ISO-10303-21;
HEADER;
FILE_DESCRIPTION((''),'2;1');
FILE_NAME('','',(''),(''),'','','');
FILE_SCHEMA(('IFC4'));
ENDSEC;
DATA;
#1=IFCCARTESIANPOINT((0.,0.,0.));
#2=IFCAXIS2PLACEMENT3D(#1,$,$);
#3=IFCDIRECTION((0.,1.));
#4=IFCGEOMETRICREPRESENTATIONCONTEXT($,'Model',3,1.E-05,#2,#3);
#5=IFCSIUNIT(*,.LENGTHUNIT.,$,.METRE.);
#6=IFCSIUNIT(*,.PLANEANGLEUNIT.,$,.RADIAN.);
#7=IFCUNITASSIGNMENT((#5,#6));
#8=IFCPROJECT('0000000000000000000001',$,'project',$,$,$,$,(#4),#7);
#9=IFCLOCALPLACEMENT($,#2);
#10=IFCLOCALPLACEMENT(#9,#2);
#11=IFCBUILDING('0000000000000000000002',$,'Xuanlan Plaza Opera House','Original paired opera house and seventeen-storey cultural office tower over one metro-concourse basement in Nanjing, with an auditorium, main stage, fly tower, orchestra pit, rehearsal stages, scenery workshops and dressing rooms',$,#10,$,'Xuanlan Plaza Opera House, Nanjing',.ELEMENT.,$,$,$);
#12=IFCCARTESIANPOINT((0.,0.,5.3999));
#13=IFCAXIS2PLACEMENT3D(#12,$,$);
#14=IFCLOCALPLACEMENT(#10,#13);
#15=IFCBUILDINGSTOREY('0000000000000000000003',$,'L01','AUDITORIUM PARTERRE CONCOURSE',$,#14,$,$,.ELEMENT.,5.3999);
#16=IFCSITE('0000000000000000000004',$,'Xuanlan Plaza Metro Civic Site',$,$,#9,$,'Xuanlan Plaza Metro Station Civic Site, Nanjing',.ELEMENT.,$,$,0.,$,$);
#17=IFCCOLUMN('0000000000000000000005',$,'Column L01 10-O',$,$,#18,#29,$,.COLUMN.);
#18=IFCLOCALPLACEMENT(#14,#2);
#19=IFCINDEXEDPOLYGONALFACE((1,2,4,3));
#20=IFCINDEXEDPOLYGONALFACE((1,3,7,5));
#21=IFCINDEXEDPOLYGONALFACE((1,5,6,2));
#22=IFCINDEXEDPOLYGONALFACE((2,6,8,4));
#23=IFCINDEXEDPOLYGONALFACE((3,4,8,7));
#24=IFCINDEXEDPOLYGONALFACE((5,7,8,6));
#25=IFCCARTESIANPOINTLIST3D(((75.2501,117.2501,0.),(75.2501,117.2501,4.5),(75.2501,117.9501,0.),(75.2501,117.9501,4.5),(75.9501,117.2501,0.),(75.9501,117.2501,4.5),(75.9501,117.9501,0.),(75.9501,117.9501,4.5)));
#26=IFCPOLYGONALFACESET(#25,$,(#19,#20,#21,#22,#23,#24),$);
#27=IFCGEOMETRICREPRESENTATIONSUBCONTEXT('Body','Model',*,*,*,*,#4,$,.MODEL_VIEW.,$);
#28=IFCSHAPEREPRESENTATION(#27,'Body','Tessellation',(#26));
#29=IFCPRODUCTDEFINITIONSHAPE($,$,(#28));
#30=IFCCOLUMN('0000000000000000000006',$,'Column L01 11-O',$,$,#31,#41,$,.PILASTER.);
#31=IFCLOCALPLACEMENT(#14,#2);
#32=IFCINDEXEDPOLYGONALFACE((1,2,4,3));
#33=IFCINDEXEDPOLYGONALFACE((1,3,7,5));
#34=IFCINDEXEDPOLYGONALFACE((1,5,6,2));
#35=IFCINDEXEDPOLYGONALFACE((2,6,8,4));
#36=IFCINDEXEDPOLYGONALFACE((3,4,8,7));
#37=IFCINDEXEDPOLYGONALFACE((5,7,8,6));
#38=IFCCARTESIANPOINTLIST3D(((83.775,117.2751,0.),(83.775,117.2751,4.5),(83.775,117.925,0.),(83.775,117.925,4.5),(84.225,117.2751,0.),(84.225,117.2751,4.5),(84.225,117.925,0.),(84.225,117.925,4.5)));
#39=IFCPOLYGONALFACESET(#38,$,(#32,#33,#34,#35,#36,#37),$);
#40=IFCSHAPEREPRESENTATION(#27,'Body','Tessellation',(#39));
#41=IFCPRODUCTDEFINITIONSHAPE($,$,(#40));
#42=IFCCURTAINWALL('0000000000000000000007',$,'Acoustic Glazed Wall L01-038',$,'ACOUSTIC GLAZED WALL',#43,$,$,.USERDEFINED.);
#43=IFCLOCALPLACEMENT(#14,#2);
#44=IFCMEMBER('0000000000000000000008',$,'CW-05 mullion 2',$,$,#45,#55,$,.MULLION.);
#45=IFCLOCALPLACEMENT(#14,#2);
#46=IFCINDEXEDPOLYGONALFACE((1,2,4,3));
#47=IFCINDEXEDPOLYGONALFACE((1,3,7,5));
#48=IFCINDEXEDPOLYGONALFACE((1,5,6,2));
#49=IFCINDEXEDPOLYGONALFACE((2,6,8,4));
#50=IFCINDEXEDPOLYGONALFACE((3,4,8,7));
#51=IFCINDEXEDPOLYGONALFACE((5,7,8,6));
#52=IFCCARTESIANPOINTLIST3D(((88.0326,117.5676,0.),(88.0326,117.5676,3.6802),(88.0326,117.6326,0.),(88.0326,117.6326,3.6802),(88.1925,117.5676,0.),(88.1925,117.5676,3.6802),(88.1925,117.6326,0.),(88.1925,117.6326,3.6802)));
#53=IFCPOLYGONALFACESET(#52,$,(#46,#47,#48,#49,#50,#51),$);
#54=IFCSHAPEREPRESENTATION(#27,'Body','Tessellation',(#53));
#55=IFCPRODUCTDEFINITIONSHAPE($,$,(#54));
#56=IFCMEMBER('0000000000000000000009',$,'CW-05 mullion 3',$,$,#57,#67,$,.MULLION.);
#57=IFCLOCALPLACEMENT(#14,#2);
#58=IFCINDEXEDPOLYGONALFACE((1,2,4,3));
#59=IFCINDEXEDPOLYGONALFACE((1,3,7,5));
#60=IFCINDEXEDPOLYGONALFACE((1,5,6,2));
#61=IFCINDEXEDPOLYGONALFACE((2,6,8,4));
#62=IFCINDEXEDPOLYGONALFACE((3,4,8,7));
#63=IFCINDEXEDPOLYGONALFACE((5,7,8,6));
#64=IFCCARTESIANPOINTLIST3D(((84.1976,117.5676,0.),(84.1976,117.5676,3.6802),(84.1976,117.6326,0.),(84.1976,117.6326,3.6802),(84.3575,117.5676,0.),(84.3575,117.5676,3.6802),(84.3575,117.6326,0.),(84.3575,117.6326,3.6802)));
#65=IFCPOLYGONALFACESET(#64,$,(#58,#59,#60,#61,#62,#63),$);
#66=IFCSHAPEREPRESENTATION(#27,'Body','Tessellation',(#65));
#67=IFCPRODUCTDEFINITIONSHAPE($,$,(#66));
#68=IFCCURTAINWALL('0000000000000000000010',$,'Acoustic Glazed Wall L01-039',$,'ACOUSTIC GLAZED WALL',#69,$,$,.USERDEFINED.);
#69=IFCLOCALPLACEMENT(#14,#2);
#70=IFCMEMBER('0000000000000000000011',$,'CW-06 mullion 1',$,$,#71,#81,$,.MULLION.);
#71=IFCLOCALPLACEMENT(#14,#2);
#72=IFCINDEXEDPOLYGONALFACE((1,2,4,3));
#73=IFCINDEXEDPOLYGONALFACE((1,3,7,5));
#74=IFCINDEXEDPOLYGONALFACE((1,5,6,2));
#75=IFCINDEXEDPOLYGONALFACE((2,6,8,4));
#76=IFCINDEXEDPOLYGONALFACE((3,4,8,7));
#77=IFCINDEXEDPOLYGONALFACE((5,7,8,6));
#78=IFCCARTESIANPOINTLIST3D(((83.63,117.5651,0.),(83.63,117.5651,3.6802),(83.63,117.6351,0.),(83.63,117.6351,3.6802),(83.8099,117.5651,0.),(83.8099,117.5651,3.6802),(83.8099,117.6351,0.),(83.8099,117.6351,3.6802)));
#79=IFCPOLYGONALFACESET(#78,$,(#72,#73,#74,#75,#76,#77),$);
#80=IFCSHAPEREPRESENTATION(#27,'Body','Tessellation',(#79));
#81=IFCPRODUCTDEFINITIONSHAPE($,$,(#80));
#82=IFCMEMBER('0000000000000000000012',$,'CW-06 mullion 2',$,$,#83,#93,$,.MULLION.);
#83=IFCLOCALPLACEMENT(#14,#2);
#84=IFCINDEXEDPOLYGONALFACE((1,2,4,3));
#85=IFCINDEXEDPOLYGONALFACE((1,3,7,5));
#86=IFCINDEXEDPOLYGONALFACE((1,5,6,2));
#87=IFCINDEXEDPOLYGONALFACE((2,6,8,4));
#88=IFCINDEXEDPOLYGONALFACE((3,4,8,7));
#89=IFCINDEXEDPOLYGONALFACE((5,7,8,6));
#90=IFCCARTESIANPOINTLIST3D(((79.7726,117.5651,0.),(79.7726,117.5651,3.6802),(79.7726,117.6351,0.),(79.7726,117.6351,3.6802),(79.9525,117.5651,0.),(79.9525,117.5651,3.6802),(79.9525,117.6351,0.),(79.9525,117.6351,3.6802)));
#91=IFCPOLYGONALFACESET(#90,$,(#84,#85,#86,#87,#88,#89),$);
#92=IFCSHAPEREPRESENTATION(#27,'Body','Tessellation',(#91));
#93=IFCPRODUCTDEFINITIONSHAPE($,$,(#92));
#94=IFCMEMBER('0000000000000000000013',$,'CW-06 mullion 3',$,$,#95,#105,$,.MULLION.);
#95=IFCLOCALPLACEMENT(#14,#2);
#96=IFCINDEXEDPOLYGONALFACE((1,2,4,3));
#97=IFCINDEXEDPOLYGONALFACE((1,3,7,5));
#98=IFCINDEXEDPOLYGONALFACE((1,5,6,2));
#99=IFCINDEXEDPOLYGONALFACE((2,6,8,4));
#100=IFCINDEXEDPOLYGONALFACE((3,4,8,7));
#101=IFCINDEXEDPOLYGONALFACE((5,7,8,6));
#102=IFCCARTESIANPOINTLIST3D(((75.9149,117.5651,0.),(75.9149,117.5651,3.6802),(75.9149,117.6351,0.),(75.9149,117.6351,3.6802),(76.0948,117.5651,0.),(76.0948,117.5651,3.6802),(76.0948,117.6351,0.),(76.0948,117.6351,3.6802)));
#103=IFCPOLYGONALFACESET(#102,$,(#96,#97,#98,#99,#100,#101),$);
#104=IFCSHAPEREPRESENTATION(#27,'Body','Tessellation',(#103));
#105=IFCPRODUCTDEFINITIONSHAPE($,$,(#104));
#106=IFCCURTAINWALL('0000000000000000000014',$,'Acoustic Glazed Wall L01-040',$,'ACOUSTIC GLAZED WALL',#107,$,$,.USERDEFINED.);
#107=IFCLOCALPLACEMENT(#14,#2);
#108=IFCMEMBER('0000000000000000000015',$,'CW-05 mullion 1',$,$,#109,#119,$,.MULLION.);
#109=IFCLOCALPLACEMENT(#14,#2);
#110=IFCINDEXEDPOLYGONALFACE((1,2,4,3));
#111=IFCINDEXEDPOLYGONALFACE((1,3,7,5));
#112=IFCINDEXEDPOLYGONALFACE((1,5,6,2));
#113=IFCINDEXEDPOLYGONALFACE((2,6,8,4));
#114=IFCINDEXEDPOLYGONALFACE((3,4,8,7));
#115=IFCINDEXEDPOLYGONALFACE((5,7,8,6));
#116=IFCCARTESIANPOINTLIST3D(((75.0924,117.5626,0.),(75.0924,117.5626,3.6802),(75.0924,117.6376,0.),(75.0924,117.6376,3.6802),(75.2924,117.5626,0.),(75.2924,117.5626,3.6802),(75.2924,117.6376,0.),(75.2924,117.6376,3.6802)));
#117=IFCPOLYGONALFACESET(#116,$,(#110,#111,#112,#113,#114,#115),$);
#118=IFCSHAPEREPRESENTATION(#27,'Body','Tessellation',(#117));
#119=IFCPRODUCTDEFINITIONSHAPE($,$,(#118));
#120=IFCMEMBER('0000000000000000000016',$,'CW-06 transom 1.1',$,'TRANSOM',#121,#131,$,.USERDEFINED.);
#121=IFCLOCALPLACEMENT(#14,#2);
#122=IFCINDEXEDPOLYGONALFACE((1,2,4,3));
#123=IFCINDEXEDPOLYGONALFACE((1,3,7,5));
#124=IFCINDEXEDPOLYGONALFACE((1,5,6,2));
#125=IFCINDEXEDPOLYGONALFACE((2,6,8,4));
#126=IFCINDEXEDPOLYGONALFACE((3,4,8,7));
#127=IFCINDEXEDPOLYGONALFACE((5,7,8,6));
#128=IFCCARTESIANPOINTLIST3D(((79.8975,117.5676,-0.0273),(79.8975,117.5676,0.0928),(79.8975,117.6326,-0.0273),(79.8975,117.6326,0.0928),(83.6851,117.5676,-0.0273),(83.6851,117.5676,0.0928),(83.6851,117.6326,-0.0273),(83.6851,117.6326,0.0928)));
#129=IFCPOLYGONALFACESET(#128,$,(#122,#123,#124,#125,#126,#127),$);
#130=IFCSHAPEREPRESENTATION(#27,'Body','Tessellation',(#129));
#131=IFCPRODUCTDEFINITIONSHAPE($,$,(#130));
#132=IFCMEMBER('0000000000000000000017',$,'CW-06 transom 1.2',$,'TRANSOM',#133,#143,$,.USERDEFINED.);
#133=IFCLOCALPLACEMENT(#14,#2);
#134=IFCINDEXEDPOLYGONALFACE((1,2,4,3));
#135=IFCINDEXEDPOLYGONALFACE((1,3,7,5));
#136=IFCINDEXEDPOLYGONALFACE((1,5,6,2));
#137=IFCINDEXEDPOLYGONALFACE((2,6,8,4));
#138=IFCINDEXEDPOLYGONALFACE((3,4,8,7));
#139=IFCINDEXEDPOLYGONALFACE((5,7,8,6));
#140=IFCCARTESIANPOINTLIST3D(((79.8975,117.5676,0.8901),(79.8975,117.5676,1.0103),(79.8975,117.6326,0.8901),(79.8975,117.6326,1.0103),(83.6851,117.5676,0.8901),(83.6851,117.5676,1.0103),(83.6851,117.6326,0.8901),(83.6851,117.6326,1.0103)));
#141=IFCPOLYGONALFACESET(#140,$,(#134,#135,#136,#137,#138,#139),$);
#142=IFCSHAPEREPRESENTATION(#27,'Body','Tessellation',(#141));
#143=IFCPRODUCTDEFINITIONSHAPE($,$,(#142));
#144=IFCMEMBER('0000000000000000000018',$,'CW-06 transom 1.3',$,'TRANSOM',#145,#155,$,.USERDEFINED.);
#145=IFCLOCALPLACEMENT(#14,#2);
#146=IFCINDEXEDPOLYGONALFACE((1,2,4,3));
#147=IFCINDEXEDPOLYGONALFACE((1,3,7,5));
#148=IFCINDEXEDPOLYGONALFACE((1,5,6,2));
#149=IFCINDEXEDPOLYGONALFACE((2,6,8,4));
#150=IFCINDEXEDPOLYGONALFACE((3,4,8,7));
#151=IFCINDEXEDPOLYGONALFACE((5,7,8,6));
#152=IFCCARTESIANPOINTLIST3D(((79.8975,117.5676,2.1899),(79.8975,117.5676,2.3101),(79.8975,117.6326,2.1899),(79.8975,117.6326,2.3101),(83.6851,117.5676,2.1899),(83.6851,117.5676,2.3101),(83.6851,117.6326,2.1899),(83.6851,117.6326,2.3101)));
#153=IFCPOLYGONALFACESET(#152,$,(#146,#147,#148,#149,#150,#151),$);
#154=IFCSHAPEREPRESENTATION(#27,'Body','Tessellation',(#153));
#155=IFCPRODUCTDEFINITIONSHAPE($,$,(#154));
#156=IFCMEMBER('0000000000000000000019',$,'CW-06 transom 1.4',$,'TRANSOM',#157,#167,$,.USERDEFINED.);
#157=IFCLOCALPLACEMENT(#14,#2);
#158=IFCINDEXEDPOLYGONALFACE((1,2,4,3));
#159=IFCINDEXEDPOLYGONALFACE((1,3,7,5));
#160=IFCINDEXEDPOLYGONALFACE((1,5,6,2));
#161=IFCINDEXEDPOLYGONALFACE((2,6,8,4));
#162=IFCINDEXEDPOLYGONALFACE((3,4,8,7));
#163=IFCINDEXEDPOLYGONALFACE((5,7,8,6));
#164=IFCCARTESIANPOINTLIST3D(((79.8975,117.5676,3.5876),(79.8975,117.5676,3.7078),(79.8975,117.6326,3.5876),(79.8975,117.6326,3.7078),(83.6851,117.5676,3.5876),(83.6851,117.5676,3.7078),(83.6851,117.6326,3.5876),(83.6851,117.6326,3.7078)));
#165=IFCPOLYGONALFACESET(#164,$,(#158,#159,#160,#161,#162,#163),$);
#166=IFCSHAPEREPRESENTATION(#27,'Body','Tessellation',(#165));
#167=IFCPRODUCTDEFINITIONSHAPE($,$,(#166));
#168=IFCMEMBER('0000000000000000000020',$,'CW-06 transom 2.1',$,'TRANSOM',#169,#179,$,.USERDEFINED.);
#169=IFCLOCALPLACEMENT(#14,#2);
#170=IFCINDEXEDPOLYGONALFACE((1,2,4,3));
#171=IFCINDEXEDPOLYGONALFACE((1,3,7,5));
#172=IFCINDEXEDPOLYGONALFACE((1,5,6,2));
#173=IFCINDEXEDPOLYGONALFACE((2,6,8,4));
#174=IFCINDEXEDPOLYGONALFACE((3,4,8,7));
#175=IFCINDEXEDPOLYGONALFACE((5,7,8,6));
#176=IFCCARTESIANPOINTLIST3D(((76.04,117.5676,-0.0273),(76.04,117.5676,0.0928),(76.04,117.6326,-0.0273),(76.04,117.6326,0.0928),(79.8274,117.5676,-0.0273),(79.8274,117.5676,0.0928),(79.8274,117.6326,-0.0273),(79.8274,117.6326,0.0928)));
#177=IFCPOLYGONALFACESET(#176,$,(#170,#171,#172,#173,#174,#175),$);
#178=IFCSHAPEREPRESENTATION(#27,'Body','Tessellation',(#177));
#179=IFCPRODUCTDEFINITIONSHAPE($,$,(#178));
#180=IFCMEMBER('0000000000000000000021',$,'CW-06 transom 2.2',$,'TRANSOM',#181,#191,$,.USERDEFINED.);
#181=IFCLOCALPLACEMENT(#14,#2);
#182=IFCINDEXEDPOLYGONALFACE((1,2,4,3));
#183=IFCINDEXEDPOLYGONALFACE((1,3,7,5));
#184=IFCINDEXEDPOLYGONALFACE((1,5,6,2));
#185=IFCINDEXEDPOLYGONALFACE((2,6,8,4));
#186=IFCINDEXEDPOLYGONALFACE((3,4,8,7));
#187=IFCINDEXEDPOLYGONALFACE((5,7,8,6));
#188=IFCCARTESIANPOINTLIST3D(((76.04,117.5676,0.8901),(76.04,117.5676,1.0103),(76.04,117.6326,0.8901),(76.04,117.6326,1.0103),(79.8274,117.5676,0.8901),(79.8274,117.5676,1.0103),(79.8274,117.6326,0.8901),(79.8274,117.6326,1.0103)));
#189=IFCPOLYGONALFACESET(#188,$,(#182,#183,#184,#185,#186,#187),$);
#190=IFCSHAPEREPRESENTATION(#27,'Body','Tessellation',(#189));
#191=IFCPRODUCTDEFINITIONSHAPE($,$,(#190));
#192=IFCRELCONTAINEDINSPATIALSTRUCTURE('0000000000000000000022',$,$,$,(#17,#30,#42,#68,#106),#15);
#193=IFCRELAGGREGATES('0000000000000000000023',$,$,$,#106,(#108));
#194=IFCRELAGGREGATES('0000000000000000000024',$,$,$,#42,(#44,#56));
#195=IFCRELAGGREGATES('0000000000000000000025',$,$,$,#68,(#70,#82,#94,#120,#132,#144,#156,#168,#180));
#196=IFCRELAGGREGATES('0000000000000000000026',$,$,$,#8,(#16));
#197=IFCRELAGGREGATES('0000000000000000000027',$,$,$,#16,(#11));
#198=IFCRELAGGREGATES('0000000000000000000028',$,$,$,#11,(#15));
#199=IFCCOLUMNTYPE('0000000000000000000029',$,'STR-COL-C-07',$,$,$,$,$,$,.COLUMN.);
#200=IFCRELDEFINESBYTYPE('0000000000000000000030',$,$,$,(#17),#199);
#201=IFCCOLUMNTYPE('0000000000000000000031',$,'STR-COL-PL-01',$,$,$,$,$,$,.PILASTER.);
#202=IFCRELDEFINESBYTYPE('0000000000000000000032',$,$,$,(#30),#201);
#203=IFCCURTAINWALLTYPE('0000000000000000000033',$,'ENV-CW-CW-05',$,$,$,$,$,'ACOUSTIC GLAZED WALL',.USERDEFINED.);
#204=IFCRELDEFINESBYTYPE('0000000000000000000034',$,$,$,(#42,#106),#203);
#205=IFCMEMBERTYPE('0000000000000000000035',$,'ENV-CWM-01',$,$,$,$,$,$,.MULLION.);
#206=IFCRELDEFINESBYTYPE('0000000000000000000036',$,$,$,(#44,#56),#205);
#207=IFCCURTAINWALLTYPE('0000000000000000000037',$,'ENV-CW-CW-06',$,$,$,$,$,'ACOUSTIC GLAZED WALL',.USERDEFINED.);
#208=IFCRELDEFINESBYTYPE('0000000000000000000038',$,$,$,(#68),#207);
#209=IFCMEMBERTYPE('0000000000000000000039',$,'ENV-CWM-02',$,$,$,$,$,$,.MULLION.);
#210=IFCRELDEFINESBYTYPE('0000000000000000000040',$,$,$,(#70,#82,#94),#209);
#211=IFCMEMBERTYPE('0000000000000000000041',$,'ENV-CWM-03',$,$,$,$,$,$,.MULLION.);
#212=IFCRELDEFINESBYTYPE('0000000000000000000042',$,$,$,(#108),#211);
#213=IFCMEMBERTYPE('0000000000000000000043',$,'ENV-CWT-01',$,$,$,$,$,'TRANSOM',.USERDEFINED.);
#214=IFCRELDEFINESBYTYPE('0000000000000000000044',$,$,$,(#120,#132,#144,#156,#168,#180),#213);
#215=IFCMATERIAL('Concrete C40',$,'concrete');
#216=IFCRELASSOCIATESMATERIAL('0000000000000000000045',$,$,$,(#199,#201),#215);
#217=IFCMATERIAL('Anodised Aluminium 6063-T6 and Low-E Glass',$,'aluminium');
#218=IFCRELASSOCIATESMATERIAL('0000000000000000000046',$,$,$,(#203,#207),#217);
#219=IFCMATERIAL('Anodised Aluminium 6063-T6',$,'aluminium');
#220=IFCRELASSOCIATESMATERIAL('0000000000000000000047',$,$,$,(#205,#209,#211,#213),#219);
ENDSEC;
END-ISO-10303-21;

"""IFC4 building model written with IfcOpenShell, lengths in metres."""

from ifc_helpers import new_model, si_unit, direction, frame, origin, origin_2d, place, context, subcontext, project, spatial, rectangle, extrude, material, material_profile, profile_set, type_object, element, aggregate, save


model = new_model("IFC4")

# Units and contexts
model_context = context("Model", 3, precision=1e-05, world=origin(), true_north=direction((0.0, 1.0)))
body_context = subcontext(model_context, "Body", "Model", "MODEL_VIEW")
ifc_project = project(units=[si_unit("LENGTHUNIT", "METRE"), si_unit("PLANEANGLEUNIT", "RADIAN")], contexts=[model_context])

# Site, building, storey
site_placement = place(None, origin())
site = spatial("IfcSite", under=ifc_project, at=site_placement, Name="Xuanlan Plaza Metro Civic Site", LongName="Xuanlan Plaza Metro Station Civic Site, Nanjing", CompositionType="ELEMENT", RefElevation=0.0)
building_placement = place(site_placement, origin())
building = spatial("IfcBuilding", under=site, at=building_placement, Name="Xuanlan Plaza Opera House", Description="Original paired opera house and seventeen-storey cultural office tower over one metro-concourse basement in Nanjing, with an auditorium, main stage, fly tower, orchestra pit, rehearsal stages, scenery workshops and dressing rooms", LongName="Xuanlan Plaza Opera House, Nanjing", CompositionType="ELEMENT")
storey_placement = place(building_placement, frame((0.0, 0.0, 5.3999)))
storey = spatial("IfcBuildingStorey", under=building, at=storey_placement, Name="L01", Description="AUDITORIUM PARTERRE CONCOURSE", CompositionType="ELEMENT", Elevation=5.3999)

# Columns
ifc_material_1 = material(Name="Concrete C40", Category="concrete")
ifc_material_profile_1 = material_profile(ifc_material_1, rectangle(XDim=0.7, YDim=0.7, at=origin_2d()), Name="RC-COL 700x700")
ifc_profile_set_1 = profile_set([ifc_material_profile_1], Name="Concrete C40")
column_type_1 = type_object("IfcColumnType", Name="STR-COL-C-07", PredefinedType="COLUMN", material=ifc_profile_set_1)
column_1_placement = place(storey_placement, frame((75.6001, 117.6001, 0.0), z_axis=(0.0, 0.0, 1.0), x_axis=(1.0, 0.0, 0.0)))
element("IfcColumn", 1, at=column_1_placement, inside=storey, type_object=column_type_1, Name="Column L01 10-O", PredefinedType="COLUMN", context=body_context, shape_type="SweptSolid", body=[
    extrude(rectangle(XDim=0.7, YDim=0.7, at=origin_2d()), origin(), (0.0, 0.0, 1.0), 4.5),
])
ifc_material_profile_2 = material_profile(ifc_material_1, rectangle(XDim=0.45, YDim=0.6499, at=origin_2d()), Name="RC-PIL 450x650")
ifc_profile_set_2 = profile_set([ifc_material_profile_2], Name="Concrete C40")
column_type_2 = type_object("IfcColumnType", Name="STR-COL-PL-01", PredefinedType="PILASTER", material=ifc_profile_set_2)
column_2_placement = place(storey_placement, frame((84.0, 117.6001, 0.0), z_axis=(0.0, 0.0, 1.0), x_axis=(1.0, 0.0, 0.0)))
element("IfcColumn", 2, at=column_2_placement, inside=storey, type_object=column_type_2, Name="Column L01 11-O", PredefinedType="PILASTER", context=body_context, shape_type="SweptSolid", body=[
    extrude(rectangle(XDim=0.45, YDim=0.6499, at=origin_2d()), origin(), (0.0, 0.0, 1.0), 4.5),
])

# Curtain walls, members
ifc_material_2 = material(Name="Anodised Aluminium 6063-T6 and Low-E Glass", Category="aluminium")
curtain_wall_type_1 = type_object("IfcCurtainWallType", Name="ENV-CW-CW-05", ElementType="ACOUSTIC GLAZED WALL", PredefinedType="USERDEFINED", material=ifc_material_2)
curtain_wall_1_placement = place(storey_placement, origin())
curtain_wall_1 = element("IfcCurtainWall", 3, at=curtain_wall_1_placement, inside=storey, type_object=curtain_wall_type_1, Name="Acoustic Glazed Wall L01-038", ObjectType="ACOUSTIC GLAZED WALL", PredefinedType="USERDEFINED")
ifc_material_3 = material(Name="Anodised Aluminium 6063-T6", Category="aluminium")
ifc_material_profile_3 = material_profile(ifc_material_3, rectangle(XDim=0.0649, YDim=0.1599, at=origin_2d()), Name="ALU-M 65x160")
ifc_profile_set_3 = profile_set([ifc_material_profile_3], Name="Anodised Aluminium 6063-T6")
member_type_1 = type_object("IfcMemberType", Name="ENV-CWM-01", PredefinedType="MULLION", material=ifc_profile_set_3)
member_1_placement = place(storey_placement, frame((88.1125, 117.6001, 0.0), z_axis=(0.0, 0.0, 1.0), x_axis=(0.0, -1.0, 0.0)))
member_1 = element("IfcMember", 4, at=member_1_placement, type_object=member_type_1, Name="CW-05 mullion 2", PredefinedType="MULLION", context=body_context, shape_type="SweptSolid", body=[
    extrude(rectangle(XDim=0.0649, YDim=0.1599, at=origin_2d()), origin(), (0.0, 0.0, 1.0), 3.6802),
])
member_2_placement = place(storey_placement, frame((84.2776, 117.6001, 0.0), z_axis=(0.0, 0.0, 1.0), x_axis=(0.0, -1.0, 0.0)))
member_2 = element("IfcMember", 5, at=member_2_placement, type_object=member_type_1, Name="CW-05 mullion 3", PredefinedType="MULLION", context=body_context, shape_type="SweptSolid", body=[
    extrude(rectangle(XDim=0.0649, YDim=0.1599, at=origin_2d()), origin(), (0.0, 0.0, 1.0), 3.6802),
])
curtain_wall_type_2 = type_object("IfcCurtainWallType", Name="ENV-CW-CW-06", ElementType="ACOUSTIC GLAZED WALL", PredefinedType="USERDEFINED", material=ifc_material_2)
curtain_wall_2_placement = place(storey_placement, origin())
curtain_wall_2 = element("IfcCurtainWall", 6, at=curtain_wall_2_placement, inside=storey, type_object=curtain_wall_type_2, Name="Acoustic Glazed Wall L01-039", ObjectType="ACOUSTIC GLAZED WALL", PredefinedType="USERDEFINED")
ifc_material_profile_4 = material_profile(ifc_material_3, rectangle(XDim=0.0701, YDim=0.1799, at=origin_2d()), Name="ALU-M 70x180")
ifc_profile_set_4 = profile_set([ifc_material_profile_4], Name="Anodised Aluminium 6063-T6")
member_type_2 = type_object("IfcMemberType", Name="ENV-CWM-02", PredefinedType="MULLION", material=ifc_profile_set_4)
member_3_placement = place(storey_placement, frame((83.72, 117.6001, 0.0), z_axis=(0.0, 0.0, 1.0), x_axis=(0.0, -1.0, 0.0)))
member_3 = element("IfcMember", 7, at=member_3_placement, type_object=member_type_2, Name="CW-06 mullion 1", PredefinedType="MULLION", context=body_context, shape_type="SweptSolid", body=[
    extrude(rectangle(XDim=0.0701, YDim=0.1799, at=origin_2d()), origin(), (0.0, 0.0, 1.0), 3.6802),
])
member_4_placement = place(storey_placement, frame((79.8625, 117.6001, 0.0), z_axis=(0.0, 0.0, 1.0), x_axis=(0.0, -1.0, 0.0)))
member_4 = element("IfcMember", 8, at=member_4_placement, type_object=member_type_2, Name="CW-06 mullion 2", PredefinedType="MULLION", context=body_context, shape_type="SweptSolid", body=[
    extrude(rectangle(XDim=0.0701, YDim=0.1799, at=origin_2d()), origin(), (0.0, 0.0, 1.0), 3.6802),
])
member_5_placement = place(storey_placement, frame((76.0049, 117.6001, 0.0), z_axis=(0.0, 0.0, 1.0), x_axis=(0.0, -1.0, 0.0)))
member_5 = element("IfcMember", 9, at=member_5_placement, type_object=member_type_2, Name="CW-06 mullion 3", PredefinedType="MULLION", context=body_context, shape_type="SweptSolid", body=[
    extrude(rectangle(XDim=0.0701, YDim=0.1799, at=origin_2d()), origin(), (0.0, 0.0, 1.0), 3.6802),
])

# Curtain wall, member
curtain_wall_3_placement = place(storey_placement, origin())
curtain_wall_3 = element("IfcCurtainWall", 10, at=curtain_wall_3_placement, inside=storey, type_object=curtain_wall_type_1, Name="Acoustic Glazed Wall L01-040", ObjectType="ACOUSTIC GLAZED WALL", PredefinedType="USERDEFINED")
ifc_material_profile_5 = material_profile(ifc_material_3, rectangle(XDim=0.075, YDim=0.2, at=origin_2d()), Name="ALU-M 75x200")
ifc_profile_set_5 = profile_set([ifc_material_profile_5], Name="Anodised Aluminium 6063-T6")
member_type_3 = type_object("IfcMemberType", Name="ENV-CWM-03", PredefinedType="MULLION", material=ifc_profile_set_5)
member_6_placement = place(storey_placement, frame((75.1924, 117.6001, 0.0), z_axis=(0.0, 0.0, 1.0), x_axis=(0.0, -1.0, 0.0)))
member_6 = element("IfcMember", 11, at=member_6_placement, type_object=member_type_3, Name="CW-05 mullion 1", PredefinedType="MULLION", context=body_context, shape_type="SweptSolid", body=[
    extrude(rectangle(XDim=0.075, YDim=0.2, at=origin_2d()), origin(), (0.0, 0.0, 1.0), 3.6802),
])
aggregate(curtain_wall_3, [member_6])

# Members
ifc_material_profile_6 = material_profile(ifc_material_3, rectangle(XDim=0.0649, YDim=0.1201, at=origin_2d()), Name="ALU-T 65x120")
ifc_profile_set_6 = profile_set([ifc_material_profile_6], Name="Anodised Aluminium 6063-T6")
member_type_4 = type_object("IfcMemberType", Name="ENV-CWT-01", ElementType="TRANSOM", PredefinedType="USERDEFINED", material=ifc_profile_set_6)
member_7_placement = place(storey_placement, frame((83.6851, 117.6001, 0.0327), z_axis=(-1.0, 0.0, 0.0), x_axis=(0.0, -1.0, 0.0)))
member_7 = element("IfcMember", 12, at=member_7_placement, type_object=member_type_4, Name="CW-06 transom 1.1", ObjectType="TRANSOM", PredefinedType="USERDEFINED", context=body_context, shape_type="SweptSolid", body=[
    extrude(rectangle(XDim=0.0649, YDim=0.1201, at=origin_2d()), origin(), (0.0, 0.0, 1.0), 3.7876),
])
member_8_placement = place(storey_placement, frame((83.6851, 117.6001, 0.9502), z_axis=(-1.0, 0.0, 0.0), x_axis=(0.0, -1.0, 0.0)))
member_8 = element("IfcMember", 13, at=member_8_placement, type_object=member_type_4, Name="CW-06 transom 1.2", ObjectType="TRANSOM", PredefinedType="USERDEFINED", context=body_context, shape_type="SweptSolid", body=[
    extrude(rectangle(XDim=0.0649, YDim=0.1201, at=origin_2d()), origin(), (0.0, 0.0, 1.0), 3.7876),
])
member_9_placement = place(storey_placement, frame((83.6851, 117.6001, 2.25), z_axis=(-1.0, 0.0, 0.0), x_axis=(0.0, -1.0, 0.0)))
member_9 = element("IfcMember", 14, at=member_9_placement, type_object=member_type_4, Name="CW-06 transom 1.3", ObjectType="TRANSOM", PredefinedType="USERDEFINED", context=body_context, shape_type="SweptSolid", body=[
    extrude(rectangle(XDim=0.0649, YDim=0.1201, at=origin_2d()), origin(), (0.0, 0.0, 1.0), 3.7876),
])
member_10_placement = place(storey_placement, frame((83.6851, 117.6001, 3.6477), z_axis=(-1.0, 0.0, 0.0), x_axis=(0.0, -1.0, 0.0)))
member_10 = element("IfcMember", 15, at=member_10_placement, type_object=member_type_4, Name="CW-06 transom 1.4", ObjectType="TRANSOM", PredefinedType="USERDEFINED", context=body_context, shape_type="SweptSolid", body=[
    extrude(rectangle(XDim=0.0649, YDim=0.1201, at=origin_2d()), origin(), (0.0, 0.0, 1.0), 3.7876),
])
member_11_placement = place(storey_placement, frame((79.8274, 117.6001, 0.0327), z_axis=(-1.0, 0.0, 0.0), x_axis=(0.0, -1.0, 0.0)))
member_11 = element("IfcMember", 16, at=member_11_placement, type_object=member_type_4, Name="CW-06 transom 2.1", ObjectType="TRANSOM", PredefinedType="USERDEFINED", context=body_context, shape_type="SweptSolid", body=[
    extrude(rectangle(XDim=0.0649, YDim=0.1201, at=origin_2d()), origin(), (0.0, 0.0, 1.0), 3.7874),
])
member_12_placement = place(storey_placement, frame((79.8274, 117.6001, 0.9502), z_axis=(-1.0, 0.0, 0.0), x_axis=(0.0, -1.0, 0.0)))
member_12 = element("IfcMember", 17, at=member_12_placement, type_object=member_type_4, Name="CW-06 transom 2.2", ObjectType="TRANSOM", PredefinedType="USERDEFINED", context=body_context, shape_type="SweptSolid", body=[
    extrude(rectangle(XDim=0.0649, YDim=0.1201, at=origin_2d()), origin(), (0.0, 0.0, 1.0), 3.7874),
])

aggregate(curtain_wall_1, [member_1, member_2])
aggregate(curtain_wall_2, [member_3, member_4, member_5, member_7, member_8, member_9, member_10, member_11, member_12])

save(model, "model.ifc")
